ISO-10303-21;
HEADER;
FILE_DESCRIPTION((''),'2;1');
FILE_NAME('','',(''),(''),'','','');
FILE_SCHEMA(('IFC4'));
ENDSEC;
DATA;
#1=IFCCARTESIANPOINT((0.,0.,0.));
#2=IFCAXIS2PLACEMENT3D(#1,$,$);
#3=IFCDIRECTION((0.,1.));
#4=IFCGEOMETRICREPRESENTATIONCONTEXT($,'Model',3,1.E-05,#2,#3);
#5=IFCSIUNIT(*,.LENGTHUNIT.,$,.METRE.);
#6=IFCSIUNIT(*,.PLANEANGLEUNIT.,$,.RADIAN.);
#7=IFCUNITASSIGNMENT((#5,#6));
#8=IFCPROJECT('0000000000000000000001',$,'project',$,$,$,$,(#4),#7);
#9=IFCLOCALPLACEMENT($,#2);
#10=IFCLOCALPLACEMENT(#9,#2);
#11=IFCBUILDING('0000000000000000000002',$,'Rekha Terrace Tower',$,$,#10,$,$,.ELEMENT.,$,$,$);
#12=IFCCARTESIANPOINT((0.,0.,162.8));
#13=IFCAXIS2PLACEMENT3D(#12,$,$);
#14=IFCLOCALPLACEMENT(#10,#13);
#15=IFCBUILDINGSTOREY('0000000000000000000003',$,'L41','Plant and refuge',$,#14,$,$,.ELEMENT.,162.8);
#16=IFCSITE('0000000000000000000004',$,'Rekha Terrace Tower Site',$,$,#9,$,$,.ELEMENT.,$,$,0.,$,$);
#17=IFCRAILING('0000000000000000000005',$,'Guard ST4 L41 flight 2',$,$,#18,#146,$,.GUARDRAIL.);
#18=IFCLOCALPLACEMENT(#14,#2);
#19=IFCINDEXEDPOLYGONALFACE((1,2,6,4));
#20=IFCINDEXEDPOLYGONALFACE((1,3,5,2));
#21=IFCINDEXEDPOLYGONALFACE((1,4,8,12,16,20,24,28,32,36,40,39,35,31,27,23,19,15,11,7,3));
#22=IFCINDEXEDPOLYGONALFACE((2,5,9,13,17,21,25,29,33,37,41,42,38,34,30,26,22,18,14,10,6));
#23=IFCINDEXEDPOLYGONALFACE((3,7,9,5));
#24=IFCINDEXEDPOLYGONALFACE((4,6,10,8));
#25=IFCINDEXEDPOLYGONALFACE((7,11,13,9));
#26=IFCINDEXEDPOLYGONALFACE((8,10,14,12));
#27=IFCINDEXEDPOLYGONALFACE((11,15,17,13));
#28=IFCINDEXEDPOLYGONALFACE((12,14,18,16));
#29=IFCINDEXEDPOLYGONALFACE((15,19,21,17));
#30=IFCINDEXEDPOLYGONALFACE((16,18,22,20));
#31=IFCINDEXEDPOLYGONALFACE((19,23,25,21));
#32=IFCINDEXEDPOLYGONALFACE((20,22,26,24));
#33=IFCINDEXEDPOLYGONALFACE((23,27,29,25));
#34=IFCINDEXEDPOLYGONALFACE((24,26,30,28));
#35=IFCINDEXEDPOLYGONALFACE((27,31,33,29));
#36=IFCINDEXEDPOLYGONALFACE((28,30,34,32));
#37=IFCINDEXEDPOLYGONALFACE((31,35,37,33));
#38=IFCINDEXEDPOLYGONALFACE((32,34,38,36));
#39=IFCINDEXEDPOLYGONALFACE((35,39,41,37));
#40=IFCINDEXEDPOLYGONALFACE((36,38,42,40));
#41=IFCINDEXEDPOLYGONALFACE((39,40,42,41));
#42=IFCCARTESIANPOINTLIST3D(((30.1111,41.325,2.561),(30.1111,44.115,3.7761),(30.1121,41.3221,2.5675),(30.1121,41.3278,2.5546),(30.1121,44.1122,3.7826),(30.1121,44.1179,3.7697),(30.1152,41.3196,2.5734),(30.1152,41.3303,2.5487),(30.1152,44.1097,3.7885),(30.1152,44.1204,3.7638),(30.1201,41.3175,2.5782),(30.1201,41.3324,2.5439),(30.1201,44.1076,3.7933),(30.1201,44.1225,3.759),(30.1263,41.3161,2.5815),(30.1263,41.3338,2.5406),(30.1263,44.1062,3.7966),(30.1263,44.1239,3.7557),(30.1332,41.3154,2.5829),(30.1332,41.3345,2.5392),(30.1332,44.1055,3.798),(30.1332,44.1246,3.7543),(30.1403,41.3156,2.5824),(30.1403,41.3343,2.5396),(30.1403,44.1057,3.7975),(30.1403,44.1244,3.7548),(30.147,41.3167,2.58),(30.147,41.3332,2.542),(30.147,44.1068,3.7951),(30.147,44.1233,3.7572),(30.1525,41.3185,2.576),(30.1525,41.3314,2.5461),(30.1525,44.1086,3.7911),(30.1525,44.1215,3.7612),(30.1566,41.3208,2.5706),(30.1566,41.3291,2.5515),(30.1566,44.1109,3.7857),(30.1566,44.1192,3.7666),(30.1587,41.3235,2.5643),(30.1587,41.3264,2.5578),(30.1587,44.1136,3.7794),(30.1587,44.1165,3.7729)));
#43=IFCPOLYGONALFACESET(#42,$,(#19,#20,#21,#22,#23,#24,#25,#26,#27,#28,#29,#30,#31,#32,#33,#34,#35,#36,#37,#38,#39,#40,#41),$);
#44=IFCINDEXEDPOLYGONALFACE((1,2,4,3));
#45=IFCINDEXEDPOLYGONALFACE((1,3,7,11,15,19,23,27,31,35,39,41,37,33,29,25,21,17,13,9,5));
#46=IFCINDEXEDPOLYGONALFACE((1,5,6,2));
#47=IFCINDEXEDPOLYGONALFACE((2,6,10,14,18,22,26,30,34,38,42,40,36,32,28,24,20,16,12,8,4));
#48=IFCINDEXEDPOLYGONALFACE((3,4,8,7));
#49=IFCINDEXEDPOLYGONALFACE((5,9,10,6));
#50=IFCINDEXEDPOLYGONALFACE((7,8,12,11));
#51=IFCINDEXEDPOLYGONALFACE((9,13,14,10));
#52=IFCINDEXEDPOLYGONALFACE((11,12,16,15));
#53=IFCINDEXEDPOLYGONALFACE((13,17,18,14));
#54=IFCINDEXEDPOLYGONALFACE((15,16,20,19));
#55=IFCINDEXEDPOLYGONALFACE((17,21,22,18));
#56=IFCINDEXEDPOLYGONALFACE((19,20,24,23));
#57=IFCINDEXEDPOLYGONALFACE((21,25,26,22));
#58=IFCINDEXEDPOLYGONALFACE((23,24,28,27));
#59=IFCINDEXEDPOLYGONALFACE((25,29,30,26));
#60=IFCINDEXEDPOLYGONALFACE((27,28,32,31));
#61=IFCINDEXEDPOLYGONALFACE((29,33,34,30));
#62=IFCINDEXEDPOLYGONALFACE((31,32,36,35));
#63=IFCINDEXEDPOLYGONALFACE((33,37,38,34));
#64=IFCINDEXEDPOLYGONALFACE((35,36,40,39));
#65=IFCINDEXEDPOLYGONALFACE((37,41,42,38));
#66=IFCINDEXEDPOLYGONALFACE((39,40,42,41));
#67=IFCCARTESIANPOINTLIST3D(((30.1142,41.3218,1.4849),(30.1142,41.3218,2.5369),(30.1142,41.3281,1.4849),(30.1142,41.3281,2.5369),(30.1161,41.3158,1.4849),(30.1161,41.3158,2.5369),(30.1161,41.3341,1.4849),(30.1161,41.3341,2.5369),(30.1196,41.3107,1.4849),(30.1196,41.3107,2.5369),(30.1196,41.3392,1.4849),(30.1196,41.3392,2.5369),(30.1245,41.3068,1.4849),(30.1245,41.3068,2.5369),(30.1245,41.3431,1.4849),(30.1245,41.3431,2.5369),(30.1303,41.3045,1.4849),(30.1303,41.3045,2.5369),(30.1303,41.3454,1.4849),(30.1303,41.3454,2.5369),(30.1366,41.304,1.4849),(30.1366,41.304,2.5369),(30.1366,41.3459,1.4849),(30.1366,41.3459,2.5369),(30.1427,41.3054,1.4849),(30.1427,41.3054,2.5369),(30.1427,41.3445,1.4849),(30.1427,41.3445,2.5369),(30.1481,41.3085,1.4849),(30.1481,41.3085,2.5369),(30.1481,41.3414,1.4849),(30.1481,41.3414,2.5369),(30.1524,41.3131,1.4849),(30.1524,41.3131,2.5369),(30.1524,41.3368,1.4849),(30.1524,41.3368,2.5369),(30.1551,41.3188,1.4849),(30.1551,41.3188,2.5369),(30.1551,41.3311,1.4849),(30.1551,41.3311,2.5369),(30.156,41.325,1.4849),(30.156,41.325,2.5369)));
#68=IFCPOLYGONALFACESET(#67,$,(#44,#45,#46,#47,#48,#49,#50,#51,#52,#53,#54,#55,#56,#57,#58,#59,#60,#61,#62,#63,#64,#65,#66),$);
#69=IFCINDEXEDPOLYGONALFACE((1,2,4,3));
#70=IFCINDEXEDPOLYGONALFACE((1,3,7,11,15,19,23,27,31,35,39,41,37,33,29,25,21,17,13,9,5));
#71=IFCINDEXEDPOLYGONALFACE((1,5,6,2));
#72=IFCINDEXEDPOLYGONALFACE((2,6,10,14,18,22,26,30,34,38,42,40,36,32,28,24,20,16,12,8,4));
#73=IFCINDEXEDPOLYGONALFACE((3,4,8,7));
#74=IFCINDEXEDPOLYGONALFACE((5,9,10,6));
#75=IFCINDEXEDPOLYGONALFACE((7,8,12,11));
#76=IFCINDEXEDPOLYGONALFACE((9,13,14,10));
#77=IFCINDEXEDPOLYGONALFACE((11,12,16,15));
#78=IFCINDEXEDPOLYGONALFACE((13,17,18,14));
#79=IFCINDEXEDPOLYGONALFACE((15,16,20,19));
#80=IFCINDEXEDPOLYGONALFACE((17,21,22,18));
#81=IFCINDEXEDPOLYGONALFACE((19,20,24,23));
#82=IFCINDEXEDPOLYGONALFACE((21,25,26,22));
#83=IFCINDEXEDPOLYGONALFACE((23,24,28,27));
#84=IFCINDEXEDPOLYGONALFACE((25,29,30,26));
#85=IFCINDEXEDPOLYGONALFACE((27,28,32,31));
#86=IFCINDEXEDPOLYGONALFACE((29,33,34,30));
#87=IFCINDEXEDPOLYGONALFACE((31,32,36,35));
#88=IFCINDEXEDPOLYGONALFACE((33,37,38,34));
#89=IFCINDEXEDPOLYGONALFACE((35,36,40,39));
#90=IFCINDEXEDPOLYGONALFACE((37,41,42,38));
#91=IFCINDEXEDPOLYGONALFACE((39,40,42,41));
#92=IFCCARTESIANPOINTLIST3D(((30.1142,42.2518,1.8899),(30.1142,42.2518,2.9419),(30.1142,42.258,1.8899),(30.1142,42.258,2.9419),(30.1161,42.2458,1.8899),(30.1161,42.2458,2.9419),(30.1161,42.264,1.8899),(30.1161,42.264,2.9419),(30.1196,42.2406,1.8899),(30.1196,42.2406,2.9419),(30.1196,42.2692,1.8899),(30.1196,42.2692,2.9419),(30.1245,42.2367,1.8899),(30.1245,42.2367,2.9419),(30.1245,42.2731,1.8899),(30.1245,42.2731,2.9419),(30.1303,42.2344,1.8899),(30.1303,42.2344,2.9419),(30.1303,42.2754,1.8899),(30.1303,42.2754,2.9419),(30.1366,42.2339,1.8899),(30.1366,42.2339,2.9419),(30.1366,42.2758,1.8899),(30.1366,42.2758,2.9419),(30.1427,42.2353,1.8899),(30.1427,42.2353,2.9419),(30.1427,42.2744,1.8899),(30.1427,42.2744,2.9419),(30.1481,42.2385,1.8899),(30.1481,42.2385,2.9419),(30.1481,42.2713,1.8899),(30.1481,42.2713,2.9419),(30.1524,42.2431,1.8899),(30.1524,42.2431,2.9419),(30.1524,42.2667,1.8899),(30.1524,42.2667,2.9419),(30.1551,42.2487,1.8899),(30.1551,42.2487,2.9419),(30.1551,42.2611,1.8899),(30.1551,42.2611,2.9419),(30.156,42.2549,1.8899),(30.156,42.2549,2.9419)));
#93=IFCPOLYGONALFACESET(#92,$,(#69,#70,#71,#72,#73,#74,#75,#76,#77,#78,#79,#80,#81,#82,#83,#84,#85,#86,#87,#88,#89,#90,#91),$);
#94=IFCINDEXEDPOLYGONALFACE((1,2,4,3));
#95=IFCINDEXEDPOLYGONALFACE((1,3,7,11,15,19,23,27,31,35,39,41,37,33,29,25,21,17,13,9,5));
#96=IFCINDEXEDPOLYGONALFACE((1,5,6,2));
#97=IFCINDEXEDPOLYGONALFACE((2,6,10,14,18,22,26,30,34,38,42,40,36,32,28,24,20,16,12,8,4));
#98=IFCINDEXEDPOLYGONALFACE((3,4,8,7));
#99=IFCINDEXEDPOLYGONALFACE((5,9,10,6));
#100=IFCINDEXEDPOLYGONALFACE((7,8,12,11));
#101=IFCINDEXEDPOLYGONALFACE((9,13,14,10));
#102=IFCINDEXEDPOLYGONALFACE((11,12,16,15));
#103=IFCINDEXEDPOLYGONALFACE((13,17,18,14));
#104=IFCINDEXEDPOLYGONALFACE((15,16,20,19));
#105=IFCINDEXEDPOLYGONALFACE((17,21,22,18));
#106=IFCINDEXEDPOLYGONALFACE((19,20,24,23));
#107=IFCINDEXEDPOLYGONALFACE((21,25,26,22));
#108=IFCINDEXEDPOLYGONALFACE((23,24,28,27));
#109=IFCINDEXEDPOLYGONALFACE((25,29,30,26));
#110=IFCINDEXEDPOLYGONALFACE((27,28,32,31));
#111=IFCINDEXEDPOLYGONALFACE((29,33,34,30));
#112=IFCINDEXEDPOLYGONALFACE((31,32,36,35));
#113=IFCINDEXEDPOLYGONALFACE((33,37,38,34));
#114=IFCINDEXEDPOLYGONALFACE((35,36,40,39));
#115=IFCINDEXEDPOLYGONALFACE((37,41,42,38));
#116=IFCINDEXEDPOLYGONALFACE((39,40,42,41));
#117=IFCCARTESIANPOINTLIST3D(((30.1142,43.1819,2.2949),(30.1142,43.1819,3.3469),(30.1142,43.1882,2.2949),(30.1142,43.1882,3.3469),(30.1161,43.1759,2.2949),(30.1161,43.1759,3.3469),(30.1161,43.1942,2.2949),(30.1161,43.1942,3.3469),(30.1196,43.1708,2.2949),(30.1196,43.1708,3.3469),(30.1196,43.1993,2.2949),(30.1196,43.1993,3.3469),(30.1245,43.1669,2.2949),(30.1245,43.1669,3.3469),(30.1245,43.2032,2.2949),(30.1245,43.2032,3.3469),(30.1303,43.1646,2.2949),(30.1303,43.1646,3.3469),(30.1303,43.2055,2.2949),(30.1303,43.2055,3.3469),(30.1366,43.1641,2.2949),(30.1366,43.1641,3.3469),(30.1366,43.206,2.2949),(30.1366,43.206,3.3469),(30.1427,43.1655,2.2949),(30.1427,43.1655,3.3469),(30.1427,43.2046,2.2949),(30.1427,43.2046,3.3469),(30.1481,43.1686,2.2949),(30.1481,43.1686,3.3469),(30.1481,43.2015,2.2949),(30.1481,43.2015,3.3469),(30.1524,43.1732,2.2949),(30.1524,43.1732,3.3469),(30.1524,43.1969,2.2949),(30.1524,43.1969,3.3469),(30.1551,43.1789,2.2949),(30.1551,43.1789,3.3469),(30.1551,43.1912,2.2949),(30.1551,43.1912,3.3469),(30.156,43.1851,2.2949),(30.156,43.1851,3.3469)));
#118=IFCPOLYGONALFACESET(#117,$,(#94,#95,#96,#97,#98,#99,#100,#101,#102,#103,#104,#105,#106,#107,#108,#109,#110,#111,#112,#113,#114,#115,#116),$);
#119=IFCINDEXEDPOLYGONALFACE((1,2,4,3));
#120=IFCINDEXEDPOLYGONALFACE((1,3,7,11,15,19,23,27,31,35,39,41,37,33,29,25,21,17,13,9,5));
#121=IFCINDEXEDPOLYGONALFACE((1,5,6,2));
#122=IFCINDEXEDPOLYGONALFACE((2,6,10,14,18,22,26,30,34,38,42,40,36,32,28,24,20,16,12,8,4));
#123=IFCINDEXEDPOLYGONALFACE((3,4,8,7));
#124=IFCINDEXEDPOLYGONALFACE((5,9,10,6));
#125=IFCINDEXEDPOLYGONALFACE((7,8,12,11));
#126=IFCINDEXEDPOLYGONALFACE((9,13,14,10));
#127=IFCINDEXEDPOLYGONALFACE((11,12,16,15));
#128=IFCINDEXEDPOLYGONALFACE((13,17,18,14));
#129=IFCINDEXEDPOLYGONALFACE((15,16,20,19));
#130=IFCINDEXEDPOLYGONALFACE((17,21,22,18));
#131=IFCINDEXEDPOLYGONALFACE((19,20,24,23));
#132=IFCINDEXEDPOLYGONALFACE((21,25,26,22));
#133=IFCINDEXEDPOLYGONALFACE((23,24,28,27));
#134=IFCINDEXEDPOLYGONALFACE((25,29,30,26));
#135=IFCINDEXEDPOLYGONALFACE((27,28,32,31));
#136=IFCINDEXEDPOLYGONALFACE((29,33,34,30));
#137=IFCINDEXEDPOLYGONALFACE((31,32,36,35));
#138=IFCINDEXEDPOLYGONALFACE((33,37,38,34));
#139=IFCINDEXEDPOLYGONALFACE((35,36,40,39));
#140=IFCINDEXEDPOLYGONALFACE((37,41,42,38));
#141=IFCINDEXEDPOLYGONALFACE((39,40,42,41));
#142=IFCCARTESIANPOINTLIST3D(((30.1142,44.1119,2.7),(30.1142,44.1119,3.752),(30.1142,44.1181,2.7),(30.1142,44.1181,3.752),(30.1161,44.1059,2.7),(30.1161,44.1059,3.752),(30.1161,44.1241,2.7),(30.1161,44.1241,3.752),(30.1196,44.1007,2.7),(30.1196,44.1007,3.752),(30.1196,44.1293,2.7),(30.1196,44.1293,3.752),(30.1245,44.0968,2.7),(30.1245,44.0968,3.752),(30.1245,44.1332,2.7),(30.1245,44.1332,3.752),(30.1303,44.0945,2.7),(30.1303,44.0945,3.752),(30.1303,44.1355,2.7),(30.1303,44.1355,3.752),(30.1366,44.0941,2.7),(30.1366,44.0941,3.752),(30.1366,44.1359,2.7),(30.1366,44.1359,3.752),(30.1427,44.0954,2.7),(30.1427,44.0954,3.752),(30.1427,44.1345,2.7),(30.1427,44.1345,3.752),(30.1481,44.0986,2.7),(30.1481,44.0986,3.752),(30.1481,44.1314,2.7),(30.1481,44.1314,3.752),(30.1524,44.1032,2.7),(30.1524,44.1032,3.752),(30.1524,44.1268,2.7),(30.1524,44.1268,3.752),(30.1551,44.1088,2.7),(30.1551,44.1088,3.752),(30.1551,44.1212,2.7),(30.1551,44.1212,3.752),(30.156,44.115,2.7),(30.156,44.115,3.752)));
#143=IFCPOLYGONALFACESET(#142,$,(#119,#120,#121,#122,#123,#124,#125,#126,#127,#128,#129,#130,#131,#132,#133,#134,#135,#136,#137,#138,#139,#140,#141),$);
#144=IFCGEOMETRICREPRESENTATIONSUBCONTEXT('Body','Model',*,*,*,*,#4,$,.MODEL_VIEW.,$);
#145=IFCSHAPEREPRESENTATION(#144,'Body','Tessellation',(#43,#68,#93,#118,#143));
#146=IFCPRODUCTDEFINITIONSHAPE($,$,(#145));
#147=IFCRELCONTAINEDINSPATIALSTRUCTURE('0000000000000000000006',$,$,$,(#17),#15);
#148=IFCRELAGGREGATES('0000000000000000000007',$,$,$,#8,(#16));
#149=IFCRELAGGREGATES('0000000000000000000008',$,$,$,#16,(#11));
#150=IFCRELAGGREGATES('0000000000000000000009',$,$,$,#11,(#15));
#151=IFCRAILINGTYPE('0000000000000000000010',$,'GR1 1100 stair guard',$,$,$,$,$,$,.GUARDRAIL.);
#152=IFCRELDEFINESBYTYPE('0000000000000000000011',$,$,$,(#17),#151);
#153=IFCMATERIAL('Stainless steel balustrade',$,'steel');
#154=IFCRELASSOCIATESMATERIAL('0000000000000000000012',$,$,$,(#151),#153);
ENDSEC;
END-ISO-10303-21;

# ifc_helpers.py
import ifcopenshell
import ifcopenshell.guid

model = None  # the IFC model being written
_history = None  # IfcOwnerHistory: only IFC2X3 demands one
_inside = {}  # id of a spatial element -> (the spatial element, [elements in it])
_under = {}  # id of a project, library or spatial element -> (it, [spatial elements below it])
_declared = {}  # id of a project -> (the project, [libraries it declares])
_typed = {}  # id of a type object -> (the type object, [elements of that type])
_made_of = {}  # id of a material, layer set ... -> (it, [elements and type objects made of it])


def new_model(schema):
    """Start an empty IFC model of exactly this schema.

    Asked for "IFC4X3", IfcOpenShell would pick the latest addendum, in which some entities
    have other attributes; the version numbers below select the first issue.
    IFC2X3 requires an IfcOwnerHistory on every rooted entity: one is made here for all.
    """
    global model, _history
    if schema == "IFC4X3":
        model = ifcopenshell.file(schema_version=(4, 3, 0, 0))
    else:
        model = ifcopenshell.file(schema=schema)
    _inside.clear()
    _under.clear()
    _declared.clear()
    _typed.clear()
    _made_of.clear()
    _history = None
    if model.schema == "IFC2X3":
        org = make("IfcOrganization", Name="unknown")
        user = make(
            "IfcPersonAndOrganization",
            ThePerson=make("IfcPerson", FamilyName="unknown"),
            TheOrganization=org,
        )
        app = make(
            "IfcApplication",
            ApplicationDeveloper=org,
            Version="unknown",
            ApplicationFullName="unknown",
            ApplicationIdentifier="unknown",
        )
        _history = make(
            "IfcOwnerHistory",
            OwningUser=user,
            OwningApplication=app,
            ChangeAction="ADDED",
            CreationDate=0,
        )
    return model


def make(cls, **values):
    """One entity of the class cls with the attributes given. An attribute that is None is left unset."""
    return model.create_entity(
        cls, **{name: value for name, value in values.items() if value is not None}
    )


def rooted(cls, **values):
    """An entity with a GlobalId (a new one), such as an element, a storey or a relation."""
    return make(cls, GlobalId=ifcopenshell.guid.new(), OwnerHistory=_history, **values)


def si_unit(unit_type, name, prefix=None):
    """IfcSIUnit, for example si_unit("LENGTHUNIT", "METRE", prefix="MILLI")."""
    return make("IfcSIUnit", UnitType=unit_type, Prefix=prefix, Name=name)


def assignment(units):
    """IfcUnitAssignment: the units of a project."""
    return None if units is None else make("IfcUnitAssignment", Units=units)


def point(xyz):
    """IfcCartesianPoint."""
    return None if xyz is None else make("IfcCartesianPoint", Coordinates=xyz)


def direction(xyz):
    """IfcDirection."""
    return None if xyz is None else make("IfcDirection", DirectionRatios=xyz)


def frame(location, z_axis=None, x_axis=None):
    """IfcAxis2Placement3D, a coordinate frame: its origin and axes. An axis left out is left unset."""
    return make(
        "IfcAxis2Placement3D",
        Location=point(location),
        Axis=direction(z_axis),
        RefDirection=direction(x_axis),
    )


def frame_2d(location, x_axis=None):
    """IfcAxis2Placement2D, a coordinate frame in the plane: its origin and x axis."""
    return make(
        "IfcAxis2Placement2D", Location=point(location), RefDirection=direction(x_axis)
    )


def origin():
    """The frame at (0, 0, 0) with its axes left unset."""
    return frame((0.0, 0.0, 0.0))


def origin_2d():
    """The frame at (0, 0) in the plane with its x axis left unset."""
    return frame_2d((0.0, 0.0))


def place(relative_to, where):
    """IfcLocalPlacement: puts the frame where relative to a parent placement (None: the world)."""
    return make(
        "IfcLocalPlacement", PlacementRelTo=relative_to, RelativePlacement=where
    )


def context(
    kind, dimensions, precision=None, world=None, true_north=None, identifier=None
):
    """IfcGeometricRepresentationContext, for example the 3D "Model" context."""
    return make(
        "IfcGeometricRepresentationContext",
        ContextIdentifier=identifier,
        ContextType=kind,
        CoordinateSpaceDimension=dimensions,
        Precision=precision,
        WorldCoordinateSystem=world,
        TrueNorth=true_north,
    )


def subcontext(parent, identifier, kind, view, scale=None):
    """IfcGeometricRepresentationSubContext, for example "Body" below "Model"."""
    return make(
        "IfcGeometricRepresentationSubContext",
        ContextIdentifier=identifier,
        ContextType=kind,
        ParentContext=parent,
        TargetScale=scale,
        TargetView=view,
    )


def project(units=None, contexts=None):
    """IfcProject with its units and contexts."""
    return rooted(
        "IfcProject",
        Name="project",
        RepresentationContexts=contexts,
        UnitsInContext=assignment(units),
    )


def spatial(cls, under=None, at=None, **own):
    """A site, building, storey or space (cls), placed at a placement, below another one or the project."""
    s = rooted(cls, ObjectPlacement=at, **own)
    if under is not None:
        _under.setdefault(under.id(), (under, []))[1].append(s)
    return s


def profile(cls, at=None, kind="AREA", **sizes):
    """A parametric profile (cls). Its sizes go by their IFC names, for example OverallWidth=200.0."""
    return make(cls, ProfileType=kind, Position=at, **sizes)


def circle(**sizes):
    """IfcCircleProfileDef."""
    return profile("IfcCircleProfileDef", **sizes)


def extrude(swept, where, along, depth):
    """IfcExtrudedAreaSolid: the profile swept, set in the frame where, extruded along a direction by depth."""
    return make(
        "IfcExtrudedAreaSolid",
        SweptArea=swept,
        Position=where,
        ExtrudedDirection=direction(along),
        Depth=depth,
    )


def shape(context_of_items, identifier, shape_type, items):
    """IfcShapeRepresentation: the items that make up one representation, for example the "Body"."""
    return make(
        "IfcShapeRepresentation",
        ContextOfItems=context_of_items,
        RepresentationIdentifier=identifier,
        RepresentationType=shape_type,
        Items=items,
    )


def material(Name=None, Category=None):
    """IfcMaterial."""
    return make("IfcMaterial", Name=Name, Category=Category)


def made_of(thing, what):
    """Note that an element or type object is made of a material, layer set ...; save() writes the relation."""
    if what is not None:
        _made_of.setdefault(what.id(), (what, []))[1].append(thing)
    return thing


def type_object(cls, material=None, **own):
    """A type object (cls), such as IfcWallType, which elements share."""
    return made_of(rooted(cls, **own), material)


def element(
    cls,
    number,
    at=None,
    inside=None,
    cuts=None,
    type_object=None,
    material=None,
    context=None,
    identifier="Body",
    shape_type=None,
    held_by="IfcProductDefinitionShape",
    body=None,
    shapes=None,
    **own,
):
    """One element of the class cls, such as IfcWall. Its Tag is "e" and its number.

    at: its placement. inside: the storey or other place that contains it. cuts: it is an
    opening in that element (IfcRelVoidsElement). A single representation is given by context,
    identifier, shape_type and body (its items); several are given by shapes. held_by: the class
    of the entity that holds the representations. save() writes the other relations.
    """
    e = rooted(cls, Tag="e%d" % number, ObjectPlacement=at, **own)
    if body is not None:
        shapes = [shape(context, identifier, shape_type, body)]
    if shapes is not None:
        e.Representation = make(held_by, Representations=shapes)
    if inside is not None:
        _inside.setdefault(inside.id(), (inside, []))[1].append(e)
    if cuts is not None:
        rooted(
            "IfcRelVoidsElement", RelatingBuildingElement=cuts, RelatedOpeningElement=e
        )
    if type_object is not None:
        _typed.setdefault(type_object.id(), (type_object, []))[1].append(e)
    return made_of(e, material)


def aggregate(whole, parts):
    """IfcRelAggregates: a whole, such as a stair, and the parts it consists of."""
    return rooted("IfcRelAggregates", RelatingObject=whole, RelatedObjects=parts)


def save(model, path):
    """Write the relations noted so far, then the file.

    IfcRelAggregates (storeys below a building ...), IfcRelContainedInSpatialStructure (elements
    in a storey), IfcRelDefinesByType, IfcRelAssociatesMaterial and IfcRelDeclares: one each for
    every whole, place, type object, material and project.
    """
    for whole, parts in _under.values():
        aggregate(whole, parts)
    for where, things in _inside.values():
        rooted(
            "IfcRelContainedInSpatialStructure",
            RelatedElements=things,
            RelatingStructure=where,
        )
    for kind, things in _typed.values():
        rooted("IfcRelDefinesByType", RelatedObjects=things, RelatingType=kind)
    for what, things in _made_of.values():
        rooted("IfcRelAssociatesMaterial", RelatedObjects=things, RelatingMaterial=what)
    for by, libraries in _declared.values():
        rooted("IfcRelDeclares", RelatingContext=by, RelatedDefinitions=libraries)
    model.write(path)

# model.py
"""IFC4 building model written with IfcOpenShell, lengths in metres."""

from ifc_helpers import new_model, si_unit, direction, frame, origin, origin_2d, place, context, subcontext, project, spatial, circle, extrude, material, type_object, element, save


model = new_model("IFC4")

# Units and contexts
model_context = context("Model", 3, precision=1e-05, world=origin(), true_north=direction((0.0, 1.0)))
body_context = subcontext(model_context, "Body", "Model", "MODEL_VIEW")
ifc_project = project(units=[si_unit("LENGTHUNIT", "METRE"), si_unit("PLANEANGLEUNIT", "RADIAN")], contexts=[model_context])

# Site, building, storey
site_placement = place(None, origin())
site = spatial("IfcSite", under=ifc_project, at=site_placement, Name="Rekha Terrace Tower Site", CompositionType="ELEMENT", RefElevation=0.0)
building_placement = place(site_placement, origin())
building = spatial("IfcBuilding", under=site, at=building_placement, Name="Rekha Terrace Tower", CompositionType="ELEMENT")
storey_placement = place(building_placement, frame((0.0, 0.0, 162.8)))
storey = spatial("IfcBuildingStorey", under=building, at=storey_placement, Name="L41", Description="Plant and refuge", CompositionType="ELEMENT", Elevation=162.8)

# Railing
ifc_material_1 = material(Name="Stainless steel balustrade", Category="steel")
railing_type_1 = type_object("IfcRailingType", Name="GR1 1100 stair guard", PredefinedType="GUARDRAIL", material=ifc_material_1)
railing_1_placement = place(storey_placement, frame((30.135, 41.325, 1.4849)))
element("IfcRailing", 1, at=railing_1_placement, inside=storey, type_object=railing_type_1, Name="Guard ST4 L41 flight 2", PredefinedType="GUARDRAIL", context=body_context, shape_type="SweptSolid", body=[
    extrude(circle(Radius=0.0239, at=origin_2d()), frame((0.0, 0.0, 1.0762), z_axis=(0.0, 0.916826, 0.399286), x_axis=(-1.0, 0.0, 0.0)), (0.0, 0.0, 1.0), 3.0432),
    extrude(circle(Radius=0.021, at=origin_2d()), origin(), (0.0, 0.0, 1.0), 1.052),
    extrude(circle(Radius=0.021, at=origin_2d()), frame((0.0, 0.9299, 0.405)), (0.0, 0.0, 1.0), 1.052),
    extrude(circle(Radius=0.021, at=origin_2d()), frame((0.0, 1.8601, 0.8101)), (0.0, 0.0, 1.0), 1.052),
    extrude(circle(Radius=0.021, at=origin_2d()), frame((0.0, 2.79, 1.2151)), (0.0, 0.0, 1.0), 1.052),
])

save(model, "model.ifc")
